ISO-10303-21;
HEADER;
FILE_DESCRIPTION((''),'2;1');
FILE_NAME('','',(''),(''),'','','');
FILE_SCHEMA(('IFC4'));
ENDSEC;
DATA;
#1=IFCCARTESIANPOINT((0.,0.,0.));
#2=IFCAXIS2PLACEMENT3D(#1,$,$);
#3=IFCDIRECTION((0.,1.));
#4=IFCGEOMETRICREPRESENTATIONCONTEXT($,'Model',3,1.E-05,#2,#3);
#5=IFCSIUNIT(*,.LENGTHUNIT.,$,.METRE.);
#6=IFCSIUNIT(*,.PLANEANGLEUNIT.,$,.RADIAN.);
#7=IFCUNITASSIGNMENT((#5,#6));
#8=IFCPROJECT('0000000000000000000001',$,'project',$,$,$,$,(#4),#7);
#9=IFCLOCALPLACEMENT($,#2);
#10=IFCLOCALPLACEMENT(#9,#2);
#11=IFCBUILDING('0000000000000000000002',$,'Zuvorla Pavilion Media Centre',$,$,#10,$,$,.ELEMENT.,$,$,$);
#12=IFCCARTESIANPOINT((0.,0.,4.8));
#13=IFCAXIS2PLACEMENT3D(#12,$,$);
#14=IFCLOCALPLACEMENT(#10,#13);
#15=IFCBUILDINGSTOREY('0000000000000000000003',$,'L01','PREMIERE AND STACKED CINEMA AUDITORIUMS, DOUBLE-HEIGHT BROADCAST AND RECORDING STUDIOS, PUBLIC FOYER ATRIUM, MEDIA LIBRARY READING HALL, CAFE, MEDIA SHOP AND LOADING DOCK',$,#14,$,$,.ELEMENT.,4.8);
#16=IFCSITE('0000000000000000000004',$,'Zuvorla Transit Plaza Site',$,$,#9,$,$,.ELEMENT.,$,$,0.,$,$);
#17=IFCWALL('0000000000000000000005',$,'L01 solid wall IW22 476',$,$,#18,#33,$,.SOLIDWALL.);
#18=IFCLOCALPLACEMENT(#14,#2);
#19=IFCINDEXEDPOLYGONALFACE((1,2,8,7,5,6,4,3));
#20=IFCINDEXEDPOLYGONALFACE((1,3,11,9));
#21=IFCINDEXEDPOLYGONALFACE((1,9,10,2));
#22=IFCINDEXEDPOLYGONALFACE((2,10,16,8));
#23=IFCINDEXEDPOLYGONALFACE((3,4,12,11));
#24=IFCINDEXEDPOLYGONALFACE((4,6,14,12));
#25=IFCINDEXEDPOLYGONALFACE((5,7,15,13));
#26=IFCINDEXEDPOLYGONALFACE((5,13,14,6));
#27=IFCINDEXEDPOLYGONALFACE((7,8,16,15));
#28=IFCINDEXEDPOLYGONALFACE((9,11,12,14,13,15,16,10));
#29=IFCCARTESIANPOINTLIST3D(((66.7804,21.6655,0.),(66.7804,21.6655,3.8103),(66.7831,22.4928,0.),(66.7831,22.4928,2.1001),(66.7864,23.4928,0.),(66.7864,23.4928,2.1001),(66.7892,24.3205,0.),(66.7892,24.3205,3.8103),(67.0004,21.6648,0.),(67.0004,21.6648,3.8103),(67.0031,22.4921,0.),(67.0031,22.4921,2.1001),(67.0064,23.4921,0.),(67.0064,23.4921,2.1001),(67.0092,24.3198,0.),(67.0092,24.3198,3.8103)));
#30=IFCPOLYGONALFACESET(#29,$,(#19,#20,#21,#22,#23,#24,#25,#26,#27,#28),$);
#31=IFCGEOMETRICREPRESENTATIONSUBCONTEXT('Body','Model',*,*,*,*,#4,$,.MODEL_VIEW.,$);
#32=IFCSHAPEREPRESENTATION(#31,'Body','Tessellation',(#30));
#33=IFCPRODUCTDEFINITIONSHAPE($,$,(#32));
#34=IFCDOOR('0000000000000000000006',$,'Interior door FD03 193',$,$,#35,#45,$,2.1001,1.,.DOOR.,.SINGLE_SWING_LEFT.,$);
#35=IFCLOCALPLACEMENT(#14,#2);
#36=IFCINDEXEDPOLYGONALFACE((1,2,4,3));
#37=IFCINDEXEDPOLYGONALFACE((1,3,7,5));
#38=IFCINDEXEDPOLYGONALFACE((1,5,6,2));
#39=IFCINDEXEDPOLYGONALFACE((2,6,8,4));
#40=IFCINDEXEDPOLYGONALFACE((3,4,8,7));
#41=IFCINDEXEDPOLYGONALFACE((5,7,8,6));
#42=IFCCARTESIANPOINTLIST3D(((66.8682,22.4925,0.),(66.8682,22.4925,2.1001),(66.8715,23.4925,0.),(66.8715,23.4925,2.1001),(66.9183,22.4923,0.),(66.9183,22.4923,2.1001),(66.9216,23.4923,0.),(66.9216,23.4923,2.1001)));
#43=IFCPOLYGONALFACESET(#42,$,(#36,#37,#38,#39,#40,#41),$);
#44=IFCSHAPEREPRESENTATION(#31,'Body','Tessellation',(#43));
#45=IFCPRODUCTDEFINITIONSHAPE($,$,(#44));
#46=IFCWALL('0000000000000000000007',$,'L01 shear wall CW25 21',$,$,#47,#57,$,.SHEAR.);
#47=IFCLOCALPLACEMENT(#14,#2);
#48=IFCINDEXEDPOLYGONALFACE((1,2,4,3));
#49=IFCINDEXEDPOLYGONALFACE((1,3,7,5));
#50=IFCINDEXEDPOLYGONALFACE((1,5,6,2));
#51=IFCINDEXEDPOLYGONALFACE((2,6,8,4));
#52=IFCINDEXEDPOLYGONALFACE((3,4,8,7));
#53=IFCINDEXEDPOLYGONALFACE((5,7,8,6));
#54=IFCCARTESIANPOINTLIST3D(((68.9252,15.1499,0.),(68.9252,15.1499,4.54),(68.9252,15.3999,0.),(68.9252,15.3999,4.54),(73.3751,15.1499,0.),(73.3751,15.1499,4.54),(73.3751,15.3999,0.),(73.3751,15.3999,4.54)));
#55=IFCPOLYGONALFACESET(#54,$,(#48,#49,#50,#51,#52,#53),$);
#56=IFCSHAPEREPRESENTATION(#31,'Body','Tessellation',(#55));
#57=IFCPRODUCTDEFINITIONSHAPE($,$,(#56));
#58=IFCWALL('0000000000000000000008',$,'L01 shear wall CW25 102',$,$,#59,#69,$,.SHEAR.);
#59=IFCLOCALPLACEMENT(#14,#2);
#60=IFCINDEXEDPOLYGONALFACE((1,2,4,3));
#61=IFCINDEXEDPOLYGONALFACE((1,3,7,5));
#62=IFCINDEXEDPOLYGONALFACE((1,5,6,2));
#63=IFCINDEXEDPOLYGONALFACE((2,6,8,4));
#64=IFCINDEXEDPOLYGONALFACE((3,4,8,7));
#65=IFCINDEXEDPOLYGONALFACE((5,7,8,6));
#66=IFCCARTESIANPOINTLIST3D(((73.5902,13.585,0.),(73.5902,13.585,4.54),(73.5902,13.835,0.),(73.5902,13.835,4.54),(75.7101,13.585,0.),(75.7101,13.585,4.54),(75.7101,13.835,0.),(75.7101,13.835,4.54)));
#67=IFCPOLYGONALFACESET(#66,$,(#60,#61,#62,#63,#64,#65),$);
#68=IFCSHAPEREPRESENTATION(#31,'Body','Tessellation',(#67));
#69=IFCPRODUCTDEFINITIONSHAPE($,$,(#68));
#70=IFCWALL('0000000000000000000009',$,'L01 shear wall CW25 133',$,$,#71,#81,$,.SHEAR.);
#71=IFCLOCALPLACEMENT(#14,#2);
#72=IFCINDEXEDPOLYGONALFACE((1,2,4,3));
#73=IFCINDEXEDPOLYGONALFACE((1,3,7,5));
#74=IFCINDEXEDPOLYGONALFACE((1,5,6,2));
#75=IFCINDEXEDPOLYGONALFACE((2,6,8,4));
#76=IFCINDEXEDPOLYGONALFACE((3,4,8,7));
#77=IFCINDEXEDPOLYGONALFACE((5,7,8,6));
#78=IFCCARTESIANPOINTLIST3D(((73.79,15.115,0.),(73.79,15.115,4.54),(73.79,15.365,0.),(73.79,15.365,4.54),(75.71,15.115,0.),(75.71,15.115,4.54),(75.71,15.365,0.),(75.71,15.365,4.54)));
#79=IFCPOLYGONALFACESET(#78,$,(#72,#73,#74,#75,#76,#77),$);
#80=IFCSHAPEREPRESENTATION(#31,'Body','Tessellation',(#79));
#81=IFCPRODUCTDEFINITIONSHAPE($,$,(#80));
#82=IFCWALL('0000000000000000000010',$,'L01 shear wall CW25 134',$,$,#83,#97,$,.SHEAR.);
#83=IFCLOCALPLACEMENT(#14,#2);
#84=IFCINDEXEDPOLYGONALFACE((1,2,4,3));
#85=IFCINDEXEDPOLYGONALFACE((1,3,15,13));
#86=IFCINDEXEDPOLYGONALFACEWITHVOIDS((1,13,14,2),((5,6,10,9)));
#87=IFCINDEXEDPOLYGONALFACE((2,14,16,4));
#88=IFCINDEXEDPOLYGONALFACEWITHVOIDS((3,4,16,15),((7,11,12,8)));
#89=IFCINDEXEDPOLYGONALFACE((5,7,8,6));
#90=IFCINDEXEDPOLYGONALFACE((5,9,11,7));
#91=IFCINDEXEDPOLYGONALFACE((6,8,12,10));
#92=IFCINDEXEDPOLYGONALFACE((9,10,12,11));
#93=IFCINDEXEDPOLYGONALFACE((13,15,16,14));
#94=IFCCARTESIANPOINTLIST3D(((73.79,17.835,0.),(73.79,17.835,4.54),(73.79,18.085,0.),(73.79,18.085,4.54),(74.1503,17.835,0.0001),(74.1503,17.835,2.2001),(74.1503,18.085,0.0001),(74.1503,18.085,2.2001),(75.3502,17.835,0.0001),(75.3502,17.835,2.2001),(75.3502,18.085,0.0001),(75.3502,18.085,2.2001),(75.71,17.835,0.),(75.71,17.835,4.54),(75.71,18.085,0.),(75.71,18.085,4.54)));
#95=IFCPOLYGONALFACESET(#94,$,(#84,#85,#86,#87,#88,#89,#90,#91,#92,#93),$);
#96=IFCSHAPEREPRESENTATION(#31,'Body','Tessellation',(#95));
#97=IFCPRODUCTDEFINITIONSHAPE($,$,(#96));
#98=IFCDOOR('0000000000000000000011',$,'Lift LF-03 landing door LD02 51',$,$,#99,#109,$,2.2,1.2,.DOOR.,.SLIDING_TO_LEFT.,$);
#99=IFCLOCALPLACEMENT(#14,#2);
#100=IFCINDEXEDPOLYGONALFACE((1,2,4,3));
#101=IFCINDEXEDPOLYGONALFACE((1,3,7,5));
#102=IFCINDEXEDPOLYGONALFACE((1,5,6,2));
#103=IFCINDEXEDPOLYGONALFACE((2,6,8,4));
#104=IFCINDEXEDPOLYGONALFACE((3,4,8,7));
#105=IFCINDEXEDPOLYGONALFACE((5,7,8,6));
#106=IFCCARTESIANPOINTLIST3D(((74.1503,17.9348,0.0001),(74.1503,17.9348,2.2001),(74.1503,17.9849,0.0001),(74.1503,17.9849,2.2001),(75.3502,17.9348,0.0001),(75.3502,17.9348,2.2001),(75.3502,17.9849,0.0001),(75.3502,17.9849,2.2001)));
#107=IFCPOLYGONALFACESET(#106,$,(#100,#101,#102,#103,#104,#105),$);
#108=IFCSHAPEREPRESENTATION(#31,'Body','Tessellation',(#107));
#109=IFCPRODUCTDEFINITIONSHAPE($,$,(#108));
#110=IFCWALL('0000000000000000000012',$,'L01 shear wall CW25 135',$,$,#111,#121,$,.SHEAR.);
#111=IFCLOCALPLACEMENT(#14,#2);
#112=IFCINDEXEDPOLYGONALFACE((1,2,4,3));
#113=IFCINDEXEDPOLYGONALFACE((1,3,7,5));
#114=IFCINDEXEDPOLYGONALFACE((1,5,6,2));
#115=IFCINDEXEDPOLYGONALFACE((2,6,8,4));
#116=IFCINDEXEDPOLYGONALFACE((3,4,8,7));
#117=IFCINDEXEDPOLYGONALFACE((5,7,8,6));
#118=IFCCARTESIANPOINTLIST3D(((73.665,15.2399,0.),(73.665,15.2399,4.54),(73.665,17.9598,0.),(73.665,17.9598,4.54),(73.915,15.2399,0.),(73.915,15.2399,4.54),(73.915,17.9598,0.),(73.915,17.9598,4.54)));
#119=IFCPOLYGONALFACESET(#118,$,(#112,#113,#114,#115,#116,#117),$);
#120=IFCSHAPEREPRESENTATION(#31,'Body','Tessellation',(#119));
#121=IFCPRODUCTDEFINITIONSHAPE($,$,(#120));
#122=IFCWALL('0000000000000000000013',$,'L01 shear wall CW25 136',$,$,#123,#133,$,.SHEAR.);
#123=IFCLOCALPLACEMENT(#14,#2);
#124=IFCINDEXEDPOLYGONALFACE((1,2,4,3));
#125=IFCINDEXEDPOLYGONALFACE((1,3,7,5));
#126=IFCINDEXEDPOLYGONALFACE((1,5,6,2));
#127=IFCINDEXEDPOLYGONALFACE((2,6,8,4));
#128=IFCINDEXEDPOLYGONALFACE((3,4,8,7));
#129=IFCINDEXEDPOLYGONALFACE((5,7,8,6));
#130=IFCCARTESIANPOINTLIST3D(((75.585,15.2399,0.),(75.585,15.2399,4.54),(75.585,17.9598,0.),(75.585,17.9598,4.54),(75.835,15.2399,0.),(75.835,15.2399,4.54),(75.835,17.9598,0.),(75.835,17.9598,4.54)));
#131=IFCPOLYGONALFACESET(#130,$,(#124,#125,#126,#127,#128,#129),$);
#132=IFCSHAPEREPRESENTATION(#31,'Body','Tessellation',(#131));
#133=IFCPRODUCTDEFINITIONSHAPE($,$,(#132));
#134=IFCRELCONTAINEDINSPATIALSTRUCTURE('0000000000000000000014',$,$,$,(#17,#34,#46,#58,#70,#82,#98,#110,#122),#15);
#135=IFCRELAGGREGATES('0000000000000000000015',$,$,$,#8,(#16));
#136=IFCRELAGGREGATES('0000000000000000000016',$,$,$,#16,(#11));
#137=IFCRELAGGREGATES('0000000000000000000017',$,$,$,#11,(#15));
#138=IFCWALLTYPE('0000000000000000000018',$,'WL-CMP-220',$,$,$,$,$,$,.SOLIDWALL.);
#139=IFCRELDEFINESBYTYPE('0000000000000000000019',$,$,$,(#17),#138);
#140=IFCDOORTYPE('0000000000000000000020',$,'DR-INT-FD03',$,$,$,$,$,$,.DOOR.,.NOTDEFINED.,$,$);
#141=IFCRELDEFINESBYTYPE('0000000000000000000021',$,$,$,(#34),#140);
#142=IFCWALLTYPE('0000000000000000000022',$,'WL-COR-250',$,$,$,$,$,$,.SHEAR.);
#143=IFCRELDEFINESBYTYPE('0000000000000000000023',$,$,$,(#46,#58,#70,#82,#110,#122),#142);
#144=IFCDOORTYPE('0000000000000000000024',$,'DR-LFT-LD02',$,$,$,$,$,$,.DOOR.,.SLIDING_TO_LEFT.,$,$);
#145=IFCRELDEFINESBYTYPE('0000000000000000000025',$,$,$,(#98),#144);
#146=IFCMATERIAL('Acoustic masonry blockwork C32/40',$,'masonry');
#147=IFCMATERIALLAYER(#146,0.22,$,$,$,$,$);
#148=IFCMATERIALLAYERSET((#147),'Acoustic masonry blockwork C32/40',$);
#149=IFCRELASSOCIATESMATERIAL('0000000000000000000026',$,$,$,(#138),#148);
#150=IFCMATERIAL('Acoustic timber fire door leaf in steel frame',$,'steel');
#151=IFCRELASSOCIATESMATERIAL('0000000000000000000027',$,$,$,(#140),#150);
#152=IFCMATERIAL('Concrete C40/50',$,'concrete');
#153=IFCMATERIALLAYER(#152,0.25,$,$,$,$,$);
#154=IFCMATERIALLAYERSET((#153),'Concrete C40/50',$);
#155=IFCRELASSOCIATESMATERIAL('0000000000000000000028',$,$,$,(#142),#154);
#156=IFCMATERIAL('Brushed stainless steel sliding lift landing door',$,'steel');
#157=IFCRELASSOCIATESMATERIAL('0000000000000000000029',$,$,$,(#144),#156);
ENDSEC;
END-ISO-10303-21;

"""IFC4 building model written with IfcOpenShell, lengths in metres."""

from ifc_helpers import new_model, si_unit, direction, frame, frame_2d, origin, place, context, subcontext, project, spatial, rectangle, extrude, material, layer, layer_set, type_object, element, fill, save


model = new_model("IFC4")

# Units and contexts
model_context = context("Model", 3, precision=1e-05, world=origin(), true_north=direction((0.0, 1.0)))
body_context = subcontext(model_context, "Body", "Model", "MODEL_VIEW")
ifc_project = project(units=[si_unit("LENGTHUNIT", "METRE"), si_unit("PLANEANGLEUNIT", "RADIAN")], contexts=[model_context])

# Site, building, storey
site_placement = place(None, origin())
site = spatial("IfcSite", under=ifc_project, at=site_placement, Name="Zuvorla Transit Plaza Site", CompositionType="ELEMENT", RefElevation=0.0)
building_placement = place(site_placement, origin())
building = spatial("IfcBuilding", under=site, at=building_placement, Name="Zuvorla Pavilion Media Centre", CompositionType="ELEMENT")
storey_placement = place(building_placement, frame((0.0, 0.0, 4.8)))
storey = spatial("IfcBuildingStorey", under=building, at=storey_placement, Name="L01", Description="PREMIERE AND STACKED CINEMA AUDITORIUMS, DOUBLE-HEIGHT BROADCAST AND RECORDING STUDIOS, PUBLIC FOYER ATRIUM, MEDIA LIBRARY READING HALL, CAFE, MEDIA SHOP AND LOADING DOCK", CompositionType="ELEMENT", Elevation=4.8)

# Shared definitions
ifc_material_1 = material(Name="Concrete C40/50", Category="concrete")

# Shared definitions
ifc_material_2 = material(Name="Acoustic masonry blockwork C32/40", Category="masonry")
ifc_layer_1 = layer(ifc_material_2, 0.22)
ifc_layer_set_1 = layer_set([ifc_layer_1], Name="Acoustic masonry blockwork C32/40")
wall_type_1 = type_object("IfcWallType", Name="WL-CMP-220", PredefinedType="SOLIDWALL", material=ifc_layer_set_1)
ifc_material_3 = material(Name="Acoustic timber fire door leaf in steel frame", Category="steel")

# Wall, opening, door
door_type_1 = type_object("IfcDoorType", Name="DR-INT-FD03", OperationType="NOTDEFINED", PredefinedType="DOOR", material=ifc_material_3)
wall_1_placement = place(storey_placement, frame((66.8904, 21.665, 0.0), z_axis=(0.0, 0.0, 1.0), x_axis=(0.00331, 0.999995, 0.0)))
wall_1 = element("IfcWall", 1, at=wall_1_placement, inside=storey, type_object=wall_type_1, Name="L01 solid wall IW22 476", PredefinedType="SOLIDWALL", context=body_context, shape_type="SweptSolid", body=[
    extrude(rectangle(XDim=2.655, YDim=0.22, at=frame_2d((1.3276, 0.0))), origin(), (0.0, 0.0, 1.0), 3.8103),
])
opening_1_placement = place(wall_1_placement, frame((0.8274, 0.0, 0.0)))
opening_1 = element("IfcOpeningElement", 2, at=opening_1_placement, cuts=wall_1, PredefinedType="OPENING", context=body_context, shape_type="SweptSolid", body=[
    extrude(rectangle(XDim=1.0, YDim=2.1001, at=frame_2d((0.5, 1.05))), frame((0.0, 0.1199, 0.0), z_axis=(0.0, -1.0, 0.0), x_axis=(1.0, 0.0, 0.0)), (0.0, 0.0, 1.0), 0.24),
])
door_1_placement = place(opening_1_placement, origin())
door_1 = element("IfcDoor", 3, at=door_1_placement, inside=storey, type_object=door_type_1, Name="Interior door FD03 193", OperationType="SINGLE_SWING_LEFT", OverallHeight=2.1001, OverallWidth=1.0, PredefinedType="DOOR", context=body_context, shape_type="SweptSolid", body=[
    extrude(rectangle(XDim=1.0, YDim=2.1001, at=frame_2d((0.5, 1.05))), frame((0.0, 0.0249, 0.0), z_axis=(0.0, -1.0, 0.0), x_axis=(1.0, 0.0, 0.0)), (0.0, 0.0, 1.0), 0.05),
])
fill(opening_1, door_1)

# Walls
ifc_layer_2 = layer(ifc_material_1, 0.25)
ifc_layer_set_2 = layer_set([ifc_layer_2], Name="Concrete C40/50")
wall_type_2 = type_object("IfcWallType", Name="WL-COR-250", PredefinedType="SHEAR", material=ifc_layer_set_2)
wall_2_placement = place(storey_placement, frame((68.925, 15.2749, 0.0), z_axis=(0.0, 0.0, 1.0), x_axis=(1.0, 0.0, 0.0)))
element("IfcWall", 4, at=wall_2_placement, inside=storey, type_object=wall_type_2, Name="L01 shear wall CW25 21", PredefinedType="SHEAR", context=body_context, shape_type="SweptSolid", body=[
    extrude(rectangle(XDim=4.45, YDim=0.25, at=frame_2d((2.2251, 0.0))), origin(), (0.0, 0.0, 1.0), 4.54),
])
wall_3_placement = place(storey_placement, frame((73.5901, 13.71, 0.0), z_axis=(0.0, 0.0, 1.0), x_axis=(1.0, 0.0, 0.0)))
element("IfcWall", 5, at=wall_3_placement, inside=storey, type_object=wall_type_2, Name="L01 shear wall CW25 102", PredefinedType="SHEAR", context=body_context, shape_type="SweptSolid", body=[
    extrude(rectangle(XDim=2.1199, YDim=0.25, at=frame_2d((1.0601, 0.0))), origin(), (0.0, 0.0, 1.0), 4.54),
])
wall_4_placement = place(storey_placement, frame((73.79, 15.24, 0.0), z_axis=(0.0, 0.0, 1.0), x_axis=(1.0, 0.0, 0.0)))
element("IfcWall", 6, at=wall_4_placement, inside=storey, type_object=wall_type_2, Name="L01 shear wall CW25 133", PredefinedType="SHEAR", context=body_context, shape_type="SweptSolid", body=[
    extrude(rectangle(XDim=1.9199, YDim=0.25, at=frame_2d((0.96, 0.0))), origin(), (0.0, 0.0, 1.0), 4.54),
])

# Wall, opening, door
wall_5_placement = place(storey_placement, frame((73.79, 17.96, 0.0), z_axis=(0.0, 0.0, 1.0), x_axis=(1.0, 0.0, 0.0)))
wall_5 = element("IfcWall", 7, at=wall_5_placement, inside=storey, type_object=wall_type_2, Name="L01 shear wall CW25 134", PredefinedType="SHEAR", context=body_context, shape_type="SweptSolid", body=[
    extrude(rectangle(XDim=1.9199, YDim=0.25, at=frame_2d((0.96, 0.0))), origin(), (0.0, 0.0, 1.0), 4.54),
])
opening_2_placement = place(wall_5_placement, frame((0.3601, 0.0, 0.0)))
opening_2 = element("IfcOpeningElement", 8, at=opening_2_placement, cuts=wall_5, PredefinedType="OPENING", context=body_context, shape_type="SweptSolid", body=[
    extrude(rectangle(XDim=1.2, YDim=2.2, at=frame_2d((0.6001, 1.1001))), frame((0.0, 0.135, 0.0), z_axis=(0.0, -1.0, 0.0), x_axis=(1.0, 0.0, 0.0)), (0.0, 0.0, 1.0), 0.27),
])
ifc_material_4 = material(Name="Brushed stainless steel sliding lift landing door", Category="steel")
door_type_2 = type_object("IfcDoorType", Name="DR-LFT-LD02", OperationType="SLIDING_TO_LEFT", PredefinedType="DOOR", material=ifc_material_4)
door_2_placement = place(opening_2_placement, origin())
door_2 = element("IfcDoor", 9, at=door_2_placement, inside=storey, type_object=door_type_2, Name="Lift LF-03 landing door LD02 51", OperationType="SLIDING_TO_LEFT", OverallHeight=2.2, OverallWidth=1.2, PredefinedType="DOOR", context=body_context, shape_type="SweptSolid", body=[
    extrude(rectangle(XDim=1.2, YDim=2.2, at=frame_2d((0.6001, 1.1001))), frame((0.0, 0.0249, 0.0), z_axis=(0.0, -1.0, 0.0), x_axis=(1.0, 0.0, 0.0)), (0.0, 0.0, 1.0), 0.05),
])
fill(opening_2, door_2)

# Walls
for number, where, z_axis, x_axis, name in (
    (10, (73.79, 15.24, 0.0), (0.0, 0.0, 1.0), (0.0, 1.0, 0.0), "L01 shear wall CW25 135"),
    (11, (75.71, 15.24, 0.0), (0.0, 0.0, 1.0), (0.0, 1.0, 0.0), "L01 shear wall CW25 136"),
):
    element("IfcWall", number, at=place(storey_placement, frame(where, z_axis=z_axis, x_axis=x_axis)), inside=storey, type_object=wall_type_2, Name=name, PredefinedType="SHEAR", context=body_context, shape_type="SweptSolid", body=[
        extrude(rectangle(XDim=2.72, YDim=0.25, at=frame_2d((1.3599, 0.0))), origin(), (0.0, 0.0, 1.0), 4.54),
    ])

save(model, "model.ifc")
